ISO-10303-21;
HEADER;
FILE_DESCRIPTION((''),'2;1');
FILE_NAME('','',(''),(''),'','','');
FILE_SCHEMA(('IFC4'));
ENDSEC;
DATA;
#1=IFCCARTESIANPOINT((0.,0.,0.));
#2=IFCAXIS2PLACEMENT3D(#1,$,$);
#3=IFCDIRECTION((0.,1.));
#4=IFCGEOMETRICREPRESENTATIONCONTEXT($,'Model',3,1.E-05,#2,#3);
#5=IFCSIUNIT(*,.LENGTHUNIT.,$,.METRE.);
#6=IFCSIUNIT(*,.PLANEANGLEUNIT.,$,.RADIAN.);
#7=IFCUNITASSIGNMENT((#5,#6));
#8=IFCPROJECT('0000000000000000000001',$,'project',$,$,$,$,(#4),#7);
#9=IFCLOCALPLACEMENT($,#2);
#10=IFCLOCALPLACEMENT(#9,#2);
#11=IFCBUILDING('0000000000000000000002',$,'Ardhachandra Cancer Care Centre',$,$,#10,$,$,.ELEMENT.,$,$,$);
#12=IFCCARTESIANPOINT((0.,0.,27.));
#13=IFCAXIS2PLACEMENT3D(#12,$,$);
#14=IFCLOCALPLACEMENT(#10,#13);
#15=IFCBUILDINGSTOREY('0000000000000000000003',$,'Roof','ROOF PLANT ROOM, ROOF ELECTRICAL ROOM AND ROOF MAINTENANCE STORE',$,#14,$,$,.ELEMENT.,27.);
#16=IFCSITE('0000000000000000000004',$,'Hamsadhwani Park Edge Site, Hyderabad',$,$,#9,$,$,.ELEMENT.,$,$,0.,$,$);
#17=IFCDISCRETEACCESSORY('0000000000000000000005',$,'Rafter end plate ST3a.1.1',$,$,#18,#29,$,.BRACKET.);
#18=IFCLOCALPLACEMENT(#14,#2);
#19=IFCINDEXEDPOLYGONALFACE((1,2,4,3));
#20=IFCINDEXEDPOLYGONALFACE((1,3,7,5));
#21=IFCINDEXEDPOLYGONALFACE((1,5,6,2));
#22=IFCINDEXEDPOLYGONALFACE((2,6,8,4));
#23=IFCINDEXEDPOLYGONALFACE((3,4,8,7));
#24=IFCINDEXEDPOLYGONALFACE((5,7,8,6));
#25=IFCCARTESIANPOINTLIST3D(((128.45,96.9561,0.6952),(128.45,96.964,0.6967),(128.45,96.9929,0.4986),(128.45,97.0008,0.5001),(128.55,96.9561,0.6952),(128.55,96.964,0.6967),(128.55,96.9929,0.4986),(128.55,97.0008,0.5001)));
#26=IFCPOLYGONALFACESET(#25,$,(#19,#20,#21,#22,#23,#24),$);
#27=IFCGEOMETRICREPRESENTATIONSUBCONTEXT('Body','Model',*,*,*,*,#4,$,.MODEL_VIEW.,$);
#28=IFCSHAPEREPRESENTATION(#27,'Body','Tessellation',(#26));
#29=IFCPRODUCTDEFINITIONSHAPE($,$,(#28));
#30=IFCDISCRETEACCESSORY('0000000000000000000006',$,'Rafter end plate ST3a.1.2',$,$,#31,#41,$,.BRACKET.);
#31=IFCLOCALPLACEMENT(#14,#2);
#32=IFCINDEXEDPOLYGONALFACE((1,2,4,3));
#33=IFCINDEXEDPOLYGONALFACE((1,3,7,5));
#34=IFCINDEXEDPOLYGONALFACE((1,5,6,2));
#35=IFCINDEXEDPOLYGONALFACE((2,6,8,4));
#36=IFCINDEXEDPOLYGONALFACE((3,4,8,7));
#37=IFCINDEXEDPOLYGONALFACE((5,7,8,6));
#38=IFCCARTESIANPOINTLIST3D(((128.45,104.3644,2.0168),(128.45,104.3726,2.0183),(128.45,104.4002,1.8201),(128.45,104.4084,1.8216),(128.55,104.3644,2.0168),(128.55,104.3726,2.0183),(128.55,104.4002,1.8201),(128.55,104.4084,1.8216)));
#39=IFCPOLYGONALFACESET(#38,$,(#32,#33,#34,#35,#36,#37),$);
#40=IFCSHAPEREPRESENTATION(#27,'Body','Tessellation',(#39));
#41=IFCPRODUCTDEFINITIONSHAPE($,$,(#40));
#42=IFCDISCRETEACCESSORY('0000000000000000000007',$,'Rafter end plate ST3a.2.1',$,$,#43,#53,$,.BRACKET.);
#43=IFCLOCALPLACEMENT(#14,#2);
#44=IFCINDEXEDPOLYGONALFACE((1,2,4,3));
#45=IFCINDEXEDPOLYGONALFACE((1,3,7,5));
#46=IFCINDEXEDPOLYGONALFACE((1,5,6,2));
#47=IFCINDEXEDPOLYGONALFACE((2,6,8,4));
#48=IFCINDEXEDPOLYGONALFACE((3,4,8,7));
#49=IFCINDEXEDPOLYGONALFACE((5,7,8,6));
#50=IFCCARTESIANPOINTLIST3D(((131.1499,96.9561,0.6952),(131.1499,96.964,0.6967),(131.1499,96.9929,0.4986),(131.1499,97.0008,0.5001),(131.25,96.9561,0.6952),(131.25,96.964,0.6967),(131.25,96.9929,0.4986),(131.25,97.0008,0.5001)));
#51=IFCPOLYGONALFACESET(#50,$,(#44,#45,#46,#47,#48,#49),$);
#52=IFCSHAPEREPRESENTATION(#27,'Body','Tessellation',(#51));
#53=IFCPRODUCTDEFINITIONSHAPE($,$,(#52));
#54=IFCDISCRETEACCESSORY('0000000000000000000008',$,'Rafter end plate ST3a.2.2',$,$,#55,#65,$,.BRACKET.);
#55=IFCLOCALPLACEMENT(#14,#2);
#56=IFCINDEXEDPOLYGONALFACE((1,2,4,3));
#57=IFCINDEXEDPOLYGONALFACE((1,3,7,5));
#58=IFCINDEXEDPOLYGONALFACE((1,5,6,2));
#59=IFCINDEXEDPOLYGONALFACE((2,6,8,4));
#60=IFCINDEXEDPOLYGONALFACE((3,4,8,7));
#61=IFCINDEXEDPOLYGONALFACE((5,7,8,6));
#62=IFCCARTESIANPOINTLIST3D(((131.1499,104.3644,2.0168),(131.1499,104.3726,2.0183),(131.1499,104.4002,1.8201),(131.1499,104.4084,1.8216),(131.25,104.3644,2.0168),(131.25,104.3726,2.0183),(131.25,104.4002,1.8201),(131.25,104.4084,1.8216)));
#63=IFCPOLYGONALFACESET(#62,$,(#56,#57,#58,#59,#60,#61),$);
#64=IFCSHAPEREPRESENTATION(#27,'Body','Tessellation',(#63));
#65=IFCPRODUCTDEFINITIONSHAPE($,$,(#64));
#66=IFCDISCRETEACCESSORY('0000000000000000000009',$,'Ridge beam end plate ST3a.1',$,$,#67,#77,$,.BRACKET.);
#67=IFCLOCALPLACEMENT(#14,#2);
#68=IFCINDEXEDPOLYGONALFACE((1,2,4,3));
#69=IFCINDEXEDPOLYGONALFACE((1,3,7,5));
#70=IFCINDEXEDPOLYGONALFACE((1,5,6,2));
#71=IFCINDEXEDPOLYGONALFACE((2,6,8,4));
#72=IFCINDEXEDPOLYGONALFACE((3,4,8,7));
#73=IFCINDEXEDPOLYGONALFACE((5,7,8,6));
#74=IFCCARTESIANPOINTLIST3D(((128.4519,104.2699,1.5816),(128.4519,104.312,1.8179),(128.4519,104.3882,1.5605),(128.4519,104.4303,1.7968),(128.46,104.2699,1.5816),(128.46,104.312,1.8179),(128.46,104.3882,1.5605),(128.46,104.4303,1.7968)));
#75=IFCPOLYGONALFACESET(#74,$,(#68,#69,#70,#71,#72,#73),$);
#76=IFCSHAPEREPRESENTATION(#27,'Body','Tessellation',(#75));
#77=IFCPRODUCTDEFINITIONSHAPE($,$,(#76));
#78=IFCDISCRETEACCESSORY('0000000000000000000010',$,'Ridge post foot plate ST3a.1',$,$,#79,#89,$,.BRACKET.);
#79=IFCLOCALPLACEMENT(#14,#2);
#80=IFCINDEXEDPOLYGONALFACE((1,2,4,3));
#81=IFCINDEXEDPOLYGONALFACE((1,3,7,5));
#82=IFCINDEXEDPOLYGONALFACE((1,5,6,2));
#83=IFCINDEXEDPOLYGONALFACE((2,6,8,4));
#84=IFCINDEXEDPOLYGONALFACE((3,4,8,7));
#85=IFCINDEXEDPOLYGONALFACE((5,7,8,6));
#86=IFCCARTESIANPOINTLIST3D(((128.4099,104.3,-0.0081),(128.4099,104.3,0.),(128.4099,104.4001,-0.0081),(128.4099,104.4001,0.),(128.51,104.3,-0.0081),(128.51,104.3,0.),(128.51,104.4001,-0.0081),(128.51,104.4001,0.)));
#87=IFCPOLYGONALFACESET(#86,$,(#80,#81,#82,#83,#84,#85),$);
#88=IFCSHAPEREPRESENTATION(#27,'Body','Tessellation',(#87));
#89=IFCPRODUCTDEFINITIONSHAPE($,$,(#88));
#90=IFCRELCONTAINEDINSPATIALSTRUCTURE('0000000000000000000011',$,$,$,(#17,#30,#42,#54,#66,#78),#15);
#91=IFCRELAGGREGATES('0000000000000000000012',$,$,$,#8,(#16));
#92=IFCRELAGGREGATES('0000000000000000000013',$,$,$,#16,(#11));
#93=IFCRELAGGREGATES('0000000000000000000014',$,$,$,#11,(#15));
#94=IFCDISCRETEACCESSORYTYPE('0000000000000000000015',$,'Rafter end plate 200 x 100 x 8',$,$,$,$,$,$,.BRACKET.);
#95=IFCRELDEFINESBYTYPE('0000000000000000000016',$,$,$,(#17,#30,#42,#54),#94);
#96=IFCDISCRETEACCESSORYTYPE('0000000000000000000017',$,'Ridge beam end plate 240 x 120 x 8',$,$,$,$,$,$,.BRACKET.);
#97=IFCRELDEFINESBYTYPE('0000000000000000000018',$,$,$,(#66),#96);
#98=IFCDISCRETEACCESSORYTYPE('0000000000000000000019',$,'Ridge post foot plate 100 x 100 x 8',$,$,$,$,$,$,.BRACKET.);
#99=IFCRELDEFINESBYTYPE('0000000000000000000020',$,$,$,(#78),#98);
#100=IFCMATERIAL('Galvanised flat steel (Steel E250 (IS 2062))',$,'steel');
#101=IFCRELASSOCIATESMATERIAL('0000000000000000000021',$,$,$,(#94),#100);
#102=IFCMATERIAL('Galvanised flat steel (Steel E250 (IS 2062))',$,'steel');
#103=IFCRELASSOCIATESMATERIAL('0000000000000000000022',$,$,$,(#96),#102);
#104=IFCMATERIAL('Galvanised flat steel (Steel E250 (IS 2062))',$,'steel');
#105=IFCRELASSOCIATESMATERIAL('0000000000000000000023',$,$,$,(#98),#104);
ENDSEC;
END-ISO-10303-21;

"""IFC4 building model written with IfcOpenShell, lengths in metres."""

from ifc_helpers import new_model, si_unit, direction, frame, origin, origin_2d, place, context, subcontext, project, spatial, rectangle, extrude, material, material_profile, profile_set, type_object, element, save


model = new_model("IFC4")

# Units and contexts
model_context = context("Model", 3, precision=1e-05, world=origin(), true_north=direction((0.0, 1.0)))
body_context = subcontext(model_context, "Body", "Model", "MODEL_VIEW")
ifc_project = project(units=[si_unit("LENGTHUNIT", "METRE"), si_unit("PLANEANGLEUNIT", "RADIAN")], contexts=[model_context])

# Site, building, storey
site_placement = place(None, origin())
site = spatial("IfcSite", under=ifc_project, at=site_placement, Name="Hamsadhwani Park Edge Site, Hyderabad", CompositionType="ELEMENT", RefElevation=0.0)
building_placement = place(site_placement, origin())
building = spatial("IfcBuilding", under=site, at=building_placement, Name="Ardhachandra Cancer Care Centre", CompositionType="ELEMENT")
storey_placement = place(building_placement, frame((0.0, 0.0, 27.0)))
storey = spatial("IfcBuildingStorey", under=building, at=storey_placement, Name="Roof", Description="ROOF PLANT ROOM, ROOF ELECTRICAL ROOM AND ROOF MAINTENANCE STORE", CompositionType="ELEMENT", Elevation=27.0)

# Discrete accessories
ifc_material_1 = material(Name="Galvanised flat steel (Steel E250 (IS 2062))", Category="steel")
ifc_material_profile_1 = material_profile(ifc_material_1, rectangle(XDim=0.1001, YDim=0.2, at=origin_2d()), Name="Rafter end plate 200 x 100 x 8")
ifc_profile_set_1 = profile_set([ifc_material_profile_1], Name="Galvanised flat steel (Steel E250 (IS 2062))")
discrete_accessory_type_1 = type_object("IfcDiscreteAccessoryType", Name="Rafter end plate 200 x 100 x 8", PredefinedType="BRACKET", material=ifc_profile_set_1)
discrete_accessory_1_placement = place(storey_placement, frame((128.5, 96.9824, 0.5984), z_axis=(0.0, -0.982872, -0.184289), x_axis=(1.0, 0.0, 0.0)))
element("IfcDiscreteAccessory", 1, at=discrete_accessory_1_placement, inside=storey, type_object=discrete_accessory_type_1, Name="Rafter end plate ST3a.1.1", PredefinedType="BRACKET", context=body_context, shape_type="SweptSolid", body=[
    extrude(rectangle(XDim=0.1001, YDim=0.2, at=origin_2d()), origin(), (0.0, 0.0, 1.0), 0.0081),
])
discrete_accessory_2_placement = place(storey_placement, frame((128.5, 104.3823, 1.9185), z_axis=(0.0, 0.98387, 0.178885), x_axis=(-1.0, 0.0, 0.0)))
element("IfcDiscreteAccessory", 2, at=discrete_accessory_2_placement, inside=storey, type_object=discrete_accessory_type_1, Name="Rafter end plate ST3a.1.2", PredefinedType="BRACKET", context=body_context, shape_type="SweptSolid", body=[
    extrude(rectangle(XDim=0.1001, YDim=0.2, at=origin_2d()), origin(), (0.0, 0.0, 1.0), 0.0083),
])
discrete_accessory_3_placement = place(storey_placement, frame((131.2, 96.9824, 0.5984), z_axis=(0.0, -0.982872, -0.184289), x_axis=(1.0, 0.0, 0.0)))
element("IfcDiscreteAccessory", 3, at=discrete_accessory_3_placement, inside=storey, type_object=discrete_accessory_type_1, Name="Rafter end plate ST3a.2.1", PredefinedType="BRACKET", context=body_context, shape_type="SweptSolid", body=[
    extrude(rectangle(XDim=0.1001, YDim=0.2, at=origin_2d()), origin(), (0.0, 0.0, 1.0), 0.0081),
])
discrete_accessory_4_placement = place(storey_placement, frame((131.2, 104.3823, 1.9185), z_axis=(0.0, 0.98387, 0.178885), x_axis=(-1.0, 0.0, 0.0)))
element("IfcDiscreteAccessory", 4, at=discrete_accessory_4_placement, inside=storey, type_object=discrete_accessory_type_1, Name="Rafter end plate ST3a.2.2", PredefinedType="BRACKET", context=body_context, shape_type="SweptSolid", body=[
    extrude(rectangle(XDim=0.1001, YDim=0.2, at=origin_2d()), origin(), (0.0, 0.0, 1.0), 0.0083),
])
ifc_material_2 = material(Name="Galvanised flat steel (Steel E250 (IS 2062))", Category="steel")
ifc_material_profile_2 = material_profile(ifc_material_2, rectangle(XDim=0.1201, YDim=0.24, at=origin_2d()), Name="Ridge beam end plate 240 x 120 x 8")
ifc_profile_set_2 = profile_set([ifc_material_profile_2], Name="Galvanised flat steel (Steel E250 (IS 2062))")
discrete_accessory_type_2 = type_object("IfcDiscreteAccessoryType", Name="Ridge beam end plate 240 x 120 x 8", PredefinedType="BRACKET", material=ifc_profile_set_2)
discrete_accessory_5_placement = place(storey_placement, frame((128.46, 104.3501, 1.6892), z_axis=(-1.0, 0.0, 0.0), x_axis=(0.0, -0.98446, 0.175606)))
element("IfcDiscreteAccessory", 5, at=discrete_accessory_5_placement, inside=storey, type_object=discrete_accessory_type_2, Name="Ridge beam end plate ST3a.1", PredefinedType="BRACKET", context=body_context, shape_type="SweptSolid", body=[
    extrude(rectangle(XDim=0.1201, YDim=0.24, at=origin_2d()), origin(), (0.0, 0.0, 1.0), 0.0081),
])
ifc_material_3 = material(Name="Galvanised flat steel (Steel E250 (IS 2062))", Category="steel")
ifc_material_profile_3 = material_profile(ifc_material_3, rectangle(XDim=0.1001, YDim=0.1001, at=origin_2d()), Name="Ridge post foot plate 100 x 100 x 8")
ifc_profile_set_3 = profile_set([ifc_material_profile_3], Name="Galvanised flat steel (Steel E250 (IS 2062))")
discrete_accessory_type_3 = type_object("IfcDiscreteAccessoryType", Name="Ridge post foot plate 100 x 100 x 8", PredefinedType="BRACKET", material=ifc_profile_set_3)
discrete_accessory_6_placement = place(storey_placement, frame((128.46, 104.3501, 0.0), z_axis=(0.0, 0.0, -1.0), x_axis=(1.0, 0.0, 0.0)))
element("IfcDiscreteAccessory", 6, at=discrete_accessory_6_placement, inside=storey, type_object=discrete_accessory_type_3, Name="Ridge post foot plate ST3a.1", PredefinedType="BRACKET", context=body_context, shape_type="SweptSolid", body=[
    extrude(rectangle(XDim=0.1001, YDim=0.1001, at=origin_2d()), origin(), (0.0, 0.0, 1.0), 0.0081),
])

save(model, "model.ifc")
